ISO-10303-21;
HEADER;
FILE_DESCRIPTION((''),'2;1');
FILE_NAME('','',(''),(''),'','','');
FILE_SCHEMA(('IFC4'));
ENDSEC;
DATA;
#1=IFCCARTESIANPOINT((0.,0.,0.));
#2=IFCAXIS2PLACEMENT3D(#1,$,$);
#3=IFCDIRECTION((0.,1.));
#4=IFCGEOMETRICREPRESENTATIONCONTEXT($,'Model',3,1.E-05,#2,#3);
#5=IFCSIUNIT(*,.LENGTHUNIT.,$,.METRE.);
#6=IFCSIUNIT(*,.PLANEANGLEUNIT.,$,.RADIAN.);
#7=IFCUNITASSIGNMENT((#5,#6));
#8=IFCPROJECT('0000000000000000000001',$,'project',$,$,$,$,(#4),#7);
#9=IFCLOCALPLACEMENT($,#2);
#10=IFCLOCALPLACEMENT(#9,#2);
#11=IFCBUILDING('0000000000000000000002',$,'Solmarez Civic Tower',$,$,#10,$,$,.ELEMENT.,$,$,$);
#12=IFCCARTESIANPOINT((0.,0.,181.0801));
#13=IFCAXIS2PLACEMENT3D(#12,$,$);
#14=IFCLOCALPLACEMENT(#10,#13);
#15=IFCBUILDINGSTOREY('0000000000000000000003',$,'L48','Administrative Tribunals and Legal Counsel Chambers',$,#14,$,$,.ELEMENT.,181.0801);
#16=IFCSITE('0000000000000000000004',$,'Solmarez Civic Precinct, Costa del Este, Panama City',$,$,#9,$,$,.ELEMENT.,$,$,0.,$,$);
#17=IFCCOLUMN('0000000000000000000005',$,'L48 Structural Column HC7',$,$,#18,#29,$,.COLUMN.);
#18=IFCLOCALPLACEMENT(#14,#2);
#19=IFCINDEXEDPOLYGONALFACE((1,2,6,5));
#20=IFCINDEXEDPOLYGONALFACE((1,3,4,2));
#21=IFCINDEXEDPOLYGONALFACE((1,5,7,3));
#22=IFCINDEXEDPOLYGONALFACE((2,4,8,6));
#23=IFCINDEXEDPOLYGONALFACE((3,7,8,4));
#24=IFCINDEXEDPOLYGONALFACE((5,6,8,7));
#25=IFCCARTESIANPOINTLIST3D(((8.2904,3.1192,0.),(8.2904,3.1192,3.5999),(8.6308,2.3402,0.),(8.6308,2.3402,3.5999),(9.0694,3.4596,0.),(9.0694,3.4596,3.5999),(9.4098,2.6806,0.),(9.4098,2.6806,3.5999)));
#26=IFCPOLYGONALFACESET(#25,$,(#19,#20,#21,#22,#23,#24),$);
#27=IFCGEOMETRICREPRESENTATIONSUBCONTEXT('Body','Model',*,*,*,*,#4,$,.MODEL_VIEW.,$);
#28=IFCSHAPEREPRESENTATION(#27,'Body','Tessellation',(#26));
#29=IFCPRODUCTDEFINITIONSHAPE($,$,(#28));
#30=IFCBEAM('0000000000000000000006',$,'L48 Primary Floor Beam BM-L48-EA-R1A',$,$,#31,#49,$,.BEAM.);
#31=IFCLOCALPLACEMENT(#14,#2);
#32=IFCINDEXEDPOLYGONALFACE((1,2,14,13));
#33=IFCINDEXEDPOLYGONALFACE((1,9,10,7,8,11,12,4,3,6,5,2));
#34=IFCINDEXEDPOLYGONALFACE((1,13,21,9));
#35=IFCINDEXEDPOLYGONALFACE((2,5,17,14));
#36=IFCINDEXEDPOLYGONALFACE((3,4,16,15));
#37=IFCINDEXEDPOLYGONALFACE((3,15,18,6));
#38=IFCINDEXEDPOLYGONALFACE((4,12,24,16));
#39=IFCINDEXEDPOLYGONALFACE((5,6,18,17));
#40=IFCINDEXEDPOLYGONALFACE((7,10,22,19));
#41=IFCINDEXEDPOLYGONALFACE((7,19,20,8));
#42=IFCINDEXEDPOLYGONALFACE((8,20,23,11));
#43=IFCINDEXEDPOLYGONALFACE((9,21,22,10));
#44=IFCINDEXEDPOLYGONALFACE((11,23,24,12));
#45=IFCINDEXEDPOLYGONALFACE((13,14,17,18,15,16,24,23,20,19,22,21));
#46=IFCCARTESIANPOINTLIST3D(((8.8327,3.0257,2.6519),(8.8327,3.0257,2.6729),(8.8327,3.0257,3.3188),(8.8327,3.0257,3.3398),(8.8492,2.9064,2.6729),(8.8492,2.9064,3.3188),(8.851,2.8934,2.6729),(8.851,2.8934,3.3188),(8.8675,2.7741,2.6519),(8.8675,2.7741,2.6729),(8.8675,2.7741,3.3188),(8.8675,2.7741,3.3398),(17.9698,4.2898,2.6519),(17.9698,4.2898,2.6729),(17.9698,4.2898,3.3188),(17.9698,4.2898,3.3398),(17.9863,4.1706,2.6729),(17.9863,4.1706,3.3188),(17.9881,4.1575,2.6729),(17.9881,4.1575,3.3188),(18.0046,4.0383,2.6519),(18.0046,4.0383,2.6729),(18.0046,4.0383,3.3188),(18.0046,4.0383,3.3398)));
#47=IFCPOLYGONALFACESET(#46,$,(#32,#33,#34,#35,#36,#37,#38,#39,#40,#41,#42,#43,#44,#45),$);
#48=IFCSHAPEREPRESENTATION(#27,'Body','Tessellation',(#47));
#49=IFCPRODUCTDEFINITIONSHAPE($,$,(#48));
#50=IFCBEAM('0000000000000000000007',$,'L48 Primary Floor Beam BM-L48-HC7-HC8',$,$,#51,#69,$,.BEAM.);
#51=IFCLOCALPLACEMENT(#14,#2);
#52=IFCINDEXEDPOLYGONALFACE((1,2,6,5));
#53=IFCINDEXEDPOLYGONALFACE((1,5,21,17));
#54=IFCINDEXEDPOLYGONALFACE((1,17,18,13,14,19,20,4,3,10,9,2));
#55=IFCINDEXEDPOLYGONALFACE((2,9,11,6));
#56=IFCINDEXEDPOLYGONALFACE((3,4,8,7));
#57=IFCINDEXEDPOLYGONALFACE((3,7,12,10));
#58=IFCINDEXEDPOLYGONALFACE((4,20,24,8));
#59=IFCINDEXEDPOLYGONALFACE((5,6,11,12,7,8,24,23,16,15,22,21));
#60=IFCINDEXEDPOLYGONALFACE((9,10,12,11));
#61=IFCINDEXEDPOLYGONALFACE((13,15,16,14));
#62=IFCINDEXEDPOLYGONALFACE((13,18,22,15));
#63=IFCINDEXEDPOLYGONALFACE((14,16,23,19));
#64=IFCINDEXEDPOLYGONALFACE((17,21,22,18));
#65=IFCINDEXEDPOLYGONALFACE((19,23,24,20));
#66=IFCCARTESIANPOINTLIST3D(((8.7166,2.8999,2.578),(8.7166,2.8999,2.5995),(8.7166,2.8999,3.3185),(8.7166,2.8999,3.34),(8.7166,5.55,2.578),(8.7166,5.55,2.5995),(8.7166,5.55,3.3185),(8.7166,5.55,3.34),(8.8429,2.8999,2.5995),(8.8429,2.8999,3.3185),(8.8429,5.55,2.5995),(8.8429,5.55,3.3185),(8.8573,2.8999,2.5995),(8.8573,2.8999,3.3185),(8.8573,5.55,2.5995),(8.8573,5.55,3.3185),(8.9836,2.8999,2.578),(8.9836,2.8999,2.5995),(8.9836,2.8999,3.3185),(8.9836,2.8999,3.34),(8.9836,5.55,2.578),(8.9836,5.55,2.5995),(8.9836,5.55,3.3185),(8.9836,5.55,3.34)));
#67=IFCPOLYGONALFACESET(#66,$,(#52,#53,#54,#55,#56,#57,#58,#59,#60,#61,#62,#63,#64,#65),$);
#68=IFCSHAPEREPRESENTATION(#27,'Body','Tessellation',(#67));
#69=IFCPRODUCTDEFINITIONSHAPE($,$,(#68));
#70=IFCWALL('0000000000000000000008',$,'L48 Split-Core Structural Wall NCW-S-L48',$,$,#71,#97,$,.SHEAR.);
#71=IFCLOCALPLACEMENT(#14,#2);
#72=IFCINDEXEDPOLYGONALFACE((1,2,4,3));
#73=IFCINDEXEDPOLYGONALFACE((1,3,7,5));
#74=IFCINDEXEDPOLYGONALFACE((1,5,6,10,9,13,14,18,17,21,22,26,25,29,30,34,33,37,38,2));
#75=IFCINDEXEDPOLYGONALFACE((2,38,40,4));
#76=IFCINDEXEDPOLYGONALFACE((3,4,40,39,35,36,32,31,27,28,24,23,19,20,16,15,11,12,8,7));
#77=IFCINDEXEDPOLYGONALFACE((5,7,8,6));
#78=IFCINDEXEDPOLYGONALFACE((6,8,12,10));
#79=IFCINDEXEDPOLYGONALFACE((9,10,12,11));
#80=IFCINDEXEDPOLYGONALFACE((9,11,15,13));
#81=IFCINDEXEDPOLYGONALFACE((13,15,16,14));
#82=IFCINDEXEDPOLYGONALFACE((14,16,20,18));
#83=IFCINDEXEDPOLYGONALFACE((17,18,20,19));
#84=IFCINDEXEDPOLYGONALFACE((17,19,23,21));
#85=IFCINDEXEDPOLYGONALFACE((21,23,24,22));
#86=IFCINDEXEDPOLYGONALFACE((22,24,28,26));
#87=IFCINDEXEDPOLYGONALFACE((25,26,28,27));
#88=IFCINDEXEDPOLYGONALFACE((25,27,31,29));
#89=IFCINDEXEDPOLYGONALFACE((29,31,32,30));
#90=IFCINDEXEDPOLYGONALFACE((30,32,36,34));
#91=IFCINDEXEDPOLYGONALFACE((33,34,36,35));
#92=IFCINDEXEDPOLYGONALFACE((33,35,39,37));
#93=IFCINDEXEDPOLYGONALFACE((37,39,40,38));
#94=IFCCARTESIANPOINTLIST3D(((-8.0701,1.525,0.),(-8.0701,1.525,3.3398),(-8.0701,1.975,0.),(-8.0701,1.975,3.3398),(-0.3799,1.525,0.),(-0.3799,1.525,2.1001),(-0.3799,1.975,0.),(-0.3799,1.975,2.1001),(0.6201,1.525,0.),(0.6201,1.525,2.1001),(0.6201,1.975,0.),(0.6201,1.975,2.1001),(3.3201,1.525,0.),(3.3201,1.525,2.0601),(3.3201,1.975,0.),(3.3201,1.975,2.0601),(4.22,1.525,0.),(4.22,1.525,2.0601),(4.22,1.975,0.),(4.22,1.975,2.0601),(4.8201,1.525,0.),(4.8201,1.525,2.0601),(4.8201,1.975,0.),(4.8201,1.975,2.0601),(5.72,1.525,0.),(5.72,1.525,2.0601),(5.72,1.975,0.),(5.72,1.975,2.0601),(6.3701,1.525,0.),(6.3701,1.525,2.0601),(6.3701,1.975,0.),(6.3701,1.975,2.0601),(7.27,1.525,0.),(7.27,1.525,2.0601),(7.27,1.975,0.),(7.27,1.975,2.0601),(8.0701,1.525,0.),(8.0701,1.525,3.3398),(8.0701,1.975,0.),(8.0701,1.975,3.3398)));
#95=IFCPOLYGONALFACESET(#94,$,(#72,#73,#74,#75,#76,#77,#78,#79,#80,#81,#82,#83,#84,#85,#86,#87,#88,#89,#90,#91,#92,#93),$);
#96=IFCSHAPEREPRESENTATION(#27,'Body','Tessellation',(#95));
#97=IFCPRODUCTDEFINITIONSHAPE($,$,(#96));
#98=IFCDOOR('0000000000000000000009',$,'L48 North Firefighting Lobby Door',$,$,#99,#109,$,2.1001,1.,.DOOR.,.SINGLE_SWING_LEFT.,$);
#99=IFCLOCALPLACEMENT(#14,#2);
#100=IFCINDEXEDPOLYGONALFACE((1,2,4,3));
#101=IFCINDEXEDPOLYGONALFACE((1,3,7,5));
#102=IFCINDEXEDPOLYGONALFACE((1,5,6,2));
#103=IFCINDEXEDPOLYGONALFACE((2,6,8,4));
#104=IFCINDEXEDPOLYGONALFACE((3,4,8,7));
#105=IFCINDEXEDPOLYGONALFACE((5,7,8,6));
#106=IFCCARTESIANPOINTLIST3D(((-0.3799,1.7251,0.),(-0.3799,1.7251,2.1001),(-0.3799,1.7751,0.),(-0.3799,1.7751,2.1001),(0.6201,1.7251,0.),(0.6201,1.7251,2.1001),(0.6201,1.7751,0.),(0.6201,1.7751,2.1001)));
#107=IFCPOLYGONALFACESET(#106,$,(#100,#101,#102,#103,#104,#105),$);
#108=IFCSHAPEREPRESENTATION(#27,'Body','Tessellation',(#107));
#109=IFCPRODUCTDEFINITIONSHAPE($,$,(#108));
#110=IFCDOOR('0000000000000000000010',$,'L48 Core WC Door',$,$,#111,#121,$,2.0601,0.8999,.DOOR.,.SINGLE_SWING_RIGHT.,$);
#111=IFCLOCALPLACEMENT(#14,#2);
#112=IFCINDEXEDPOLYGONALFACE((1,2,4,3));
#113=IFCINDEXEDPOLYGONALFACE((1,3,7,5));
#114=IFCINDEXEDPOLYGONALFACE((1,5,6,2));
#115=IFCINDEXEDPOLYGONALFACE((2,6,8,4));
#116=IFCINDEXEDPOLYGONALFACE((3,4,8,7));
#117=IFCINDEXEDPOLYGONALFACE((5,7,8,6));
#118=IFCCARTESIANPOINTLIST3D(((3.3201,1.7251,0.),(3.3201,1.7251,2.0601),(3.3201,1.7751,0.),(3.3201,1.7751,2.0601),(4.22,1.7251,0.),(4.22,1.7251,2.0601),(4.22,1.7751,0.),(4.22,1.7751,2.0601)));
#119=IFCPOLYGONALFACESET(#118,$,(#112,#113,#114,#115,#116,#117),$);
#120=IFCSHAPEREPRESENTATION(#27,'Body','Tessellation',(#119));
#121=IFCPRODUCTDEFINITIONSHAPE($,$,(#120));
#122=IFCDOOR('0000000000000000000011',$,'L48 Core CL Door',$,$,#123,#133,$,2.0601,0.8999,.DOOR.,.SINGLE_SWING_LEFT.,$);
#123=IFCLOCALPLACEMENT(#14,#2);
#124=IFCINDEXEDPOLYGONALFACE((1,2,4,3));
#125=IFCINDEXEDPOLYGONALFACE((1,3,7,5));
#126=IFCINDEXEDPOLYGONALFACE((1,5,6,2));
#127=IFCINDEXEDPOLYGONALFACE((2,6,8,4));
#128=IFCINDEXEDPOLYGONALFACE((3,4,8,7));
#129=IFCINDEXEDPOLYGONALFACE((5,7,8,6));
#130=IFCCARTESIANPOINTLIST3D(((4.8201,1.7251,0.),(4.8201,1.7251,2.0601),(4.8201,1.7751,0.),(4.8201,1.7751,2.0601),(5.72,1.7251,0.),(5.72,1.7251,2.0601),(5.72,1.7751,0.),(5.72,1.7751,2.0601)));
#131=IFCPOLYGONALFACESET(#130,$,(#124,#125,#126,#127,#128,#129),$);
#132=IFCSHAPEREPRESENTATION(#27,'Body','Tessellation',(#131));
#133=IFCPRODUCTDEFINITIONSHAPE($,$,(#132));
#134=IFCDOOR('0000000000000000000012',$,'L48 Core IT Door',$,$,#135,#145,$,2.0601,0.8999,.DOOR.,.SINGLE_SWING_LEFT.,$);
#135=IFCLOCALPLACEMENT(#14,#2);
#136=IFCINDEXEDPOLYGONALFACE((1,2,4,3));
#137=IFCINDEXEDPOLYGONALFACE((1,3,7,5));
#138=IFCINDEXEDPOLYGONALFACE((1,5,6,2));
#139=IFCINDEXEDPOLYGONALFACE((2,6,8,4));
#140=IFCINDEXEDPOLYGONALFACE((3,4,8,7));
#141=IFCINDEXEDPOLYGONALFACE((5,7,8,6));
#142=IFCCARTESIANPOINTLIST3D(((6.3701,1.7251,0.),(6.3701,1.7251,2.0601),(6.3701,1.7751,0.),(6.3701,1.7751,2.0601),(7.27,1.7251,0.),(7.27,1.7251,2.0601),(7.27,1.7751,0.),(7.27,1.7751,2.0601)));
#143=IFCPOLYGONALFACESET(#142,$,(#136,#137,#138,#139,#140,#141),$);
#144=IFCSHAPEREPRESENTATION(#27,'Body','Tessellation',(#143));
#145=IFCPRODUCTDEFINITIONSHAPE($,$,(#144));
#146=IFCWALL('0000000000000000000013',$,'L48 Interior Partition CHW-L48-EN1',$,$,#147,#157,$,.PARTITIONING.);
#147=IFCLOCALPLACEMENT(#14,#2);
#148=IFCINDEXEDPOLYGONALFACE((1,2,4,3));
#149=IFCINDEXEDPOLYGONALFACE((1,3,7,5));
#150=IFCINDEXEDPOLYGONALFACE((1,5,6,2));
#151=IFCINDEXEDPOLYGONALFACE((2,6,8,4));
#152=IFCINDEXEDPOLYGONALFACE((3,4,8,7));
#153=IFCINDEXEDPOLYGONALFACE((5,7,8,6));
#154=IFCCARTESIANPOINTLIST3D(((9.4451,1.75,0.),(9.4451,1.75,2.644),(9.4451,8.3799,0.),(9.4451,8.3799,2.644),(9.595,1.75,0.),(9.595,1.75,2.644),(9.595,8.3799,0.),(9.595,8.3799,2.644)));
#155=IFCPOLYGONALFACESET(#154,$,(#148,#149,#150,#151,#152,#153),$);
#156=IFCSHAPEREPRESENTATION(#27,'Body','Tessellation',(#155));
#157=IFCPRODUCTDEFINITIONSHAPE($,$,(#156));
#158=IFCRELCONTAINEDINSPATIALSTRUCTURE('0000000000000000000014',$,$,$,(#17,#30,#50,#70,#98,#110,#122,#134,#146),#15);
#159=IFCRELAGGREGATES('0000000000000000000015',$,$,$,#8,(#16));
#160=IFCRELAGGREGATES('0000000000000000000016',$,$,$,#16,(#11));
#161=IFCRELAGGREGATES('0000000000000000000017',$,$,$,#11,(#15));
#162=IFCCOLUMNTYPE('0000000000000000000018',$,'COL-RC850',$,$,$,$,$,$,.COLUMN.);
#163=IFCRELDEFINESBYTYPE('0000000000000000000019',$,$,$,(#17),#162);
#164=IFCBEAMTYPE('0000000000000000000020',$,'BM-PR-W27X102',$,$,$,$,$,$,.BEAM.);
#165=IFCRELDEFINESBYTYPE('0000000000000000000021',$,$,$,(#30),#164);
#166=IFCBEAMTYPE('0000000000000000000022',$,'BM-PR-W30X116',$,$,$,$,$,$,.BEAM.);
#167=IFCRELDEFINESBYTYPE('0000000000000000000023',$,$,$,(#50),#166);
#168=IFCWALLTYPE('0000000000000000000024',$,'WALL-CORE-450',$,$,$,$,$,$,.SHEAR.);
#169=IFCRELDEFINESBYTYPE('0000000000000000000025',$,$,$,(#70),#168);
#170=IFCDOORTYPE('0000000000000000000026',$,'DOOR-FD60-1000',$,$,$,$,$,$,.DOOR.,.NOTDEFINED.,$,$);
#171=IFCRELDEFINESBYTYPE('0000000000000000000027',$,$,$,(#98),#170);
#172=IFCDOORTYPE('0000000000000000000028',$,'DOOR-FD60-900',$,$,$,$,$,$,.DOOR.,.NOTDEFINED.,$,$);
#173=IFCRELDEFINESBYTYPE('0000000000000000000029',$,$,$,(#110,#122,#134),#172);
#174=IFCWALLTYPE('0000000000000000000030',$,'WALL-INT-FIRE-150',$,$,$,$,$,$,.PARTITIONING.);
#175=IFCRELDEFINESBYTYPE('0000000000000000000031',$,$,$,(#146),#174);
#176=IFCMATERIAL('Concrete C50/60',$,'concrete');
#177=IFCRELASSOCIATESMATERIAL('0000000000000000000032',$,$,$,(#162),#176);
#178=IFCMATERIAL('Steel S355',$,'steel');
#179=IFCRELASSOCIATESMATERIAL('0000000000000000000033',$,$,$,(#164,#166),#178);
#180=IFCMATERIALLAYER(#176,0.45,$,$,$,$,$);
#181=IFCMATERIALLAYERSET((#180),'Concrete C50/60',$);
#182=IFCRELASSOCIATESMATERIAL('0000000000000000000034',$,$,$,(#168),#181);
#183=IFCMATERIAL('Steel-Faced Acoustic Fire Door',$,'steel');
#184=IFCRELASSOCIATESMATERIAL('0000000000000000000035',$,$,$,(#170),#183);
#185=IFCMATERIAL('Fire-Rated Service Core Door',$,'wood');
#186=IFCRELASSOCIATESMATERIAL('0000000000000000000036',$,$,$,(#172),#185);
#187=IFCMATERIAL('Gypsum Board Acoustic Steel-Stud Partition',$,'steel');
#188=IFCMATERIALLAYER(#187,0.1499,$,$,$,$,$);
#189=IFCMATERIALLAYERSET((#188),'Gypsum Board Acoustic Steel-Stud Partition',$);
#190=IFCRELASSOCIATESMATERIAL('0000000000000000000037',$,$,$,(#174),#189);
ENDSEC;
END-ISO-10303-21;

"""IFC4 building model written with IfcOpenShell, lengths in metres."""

from ifc_helpers import new_model, si_unit, direction, frame, frame_2d, origin, origin_2d, place, context, subcontext, project, spatial, rectangle, i_section, extrude, material, layer, layer_set, material_profile, profile_set, type_object, element, fill, save


model = new_model("IFC4")

# Units and contexts
model_context = context("Model", 3, precision=1e-05, world=origin(), true_north=direction((0.0, 1.0)))
body_context = subcontext(model_context, "Body", "Model", "MODEL_VIEW")
ifc_project = project(units=[si_unit("LENGTHUNIT", "METRE"), si_unit("PLANEANGLEUNIT", "RADIAN")], contexts=[model_context])

# Site, building, storey
site_placement = place(None, origin())
site = spatial("IfcSite", under=ifc_project, at=site_placement, Name="Solmarez Civic Precinct, Costa del Este, Panama City", CompositionType="ELEMENT", RefElevation=0.0)
building_placement = place(site_placement, origin())
building = spatial("IfcBuilding", under=site, at=building_placement, Name="Solmarez Civic Tower", CompositionType="ELEMENT")
storey_placement = place(building_placement, frame((0.0, 0.0, 181.0801)))
storey = spatial("IfcBuildingStorey", under=building, at=storey_placement, Name="L48", Description="Administrative Tribunals and Legal Counsel Chambers", CompositionType="ELEMENT", Elevation=181.0801)

# Column
ifc_material_1 = material(Name="Concrete C50/60", Category="concrete")
ifc_material_profile_1 = material_profile(ifc_material_1, rectangle(XDim=0.8501, YDim=0.8501, at=origin_2d()), Name="RC850X850")
ifc_profile_set_1 = profile_set([ifc_material_profile_1], Name="Concrete C50/60")
column_type = type_object("IfcColumnType", Name="COL-RC850", PredefinedType="COLUMN", material=ifc_profile_set_1)
column_placement = place(storey_placement, frame((8.8501, 2.8999, 0.0), z_axis=(0.0, 0.0, 1.0), x_axis=(0.916363, 0.400349, 0.0)))
element("IfcColumn", 1, at=column_placement, inside=storey, type_object=column_type, Name="L48 Structural Column HC7", PredefinedType="COLUMN", context=body_context, shape_type="SweptSolid", body=[
    extrude(rectangle(XDim=0.8501, YDim=0.8501, at=origin_2d()), origin(), (0.0, 0.0, 1.0), 3.5999),
])

# Beams
ifc_material_2 = material(Name="Steel S355", Category="steel")
ifc_material_profile_2 = material_profile(ifc_material_2, i_section(OverallWidth=0.2539, OverallDepth=0.688, WebThickness=0.0132, FlangeThickness=0.021, at=origin_2d()), Name="W27X102")
ifc_profile_set_2 = profile_set([ifc_material_profile_2], Name="Steel S355")
beam_type_1 = type_object("IfcBeamType", Name="BM-PR-W27X102", PredefinedType="BEAM", material=ifc_profile_set_2)
beam_1_placement = place(storey_placement, frame((8.8501, 2.8999, 2.9958), z_axis=(0.990564, 0.137051, 0.0), x_axis=(-0.137051, 0.990564, 0.0)))
element("IfcBeam", 2, at=beam_1_placement, inside=storey, type_object=beam_type_1, Name="L48 Primary Floor Beam BM-L48-EA-R1A", PredefinedType="BEAM", context=body_context, shape_type="SweptSolid", body=[
    extrude(i_section(OverallWidth=0.2539, OverallDepth=0.688, WebThickness=0.0132, FlangeThickness=0.021, at=origin_2d()), origin(), (0.0, 0.0, 1.0), 9.2241),
])
ifc_material_profile_3 = material_profile(ifc_material_2, i_section(OverallWidth=0.2671, OverallDepth=0.762, WebThickness=0.0144, FlangeThickness=0.0215, at=origin_2d()), Name="W30X116")
ifc_profile_set_3 = profile_set([ifc_material_profile_3], Name="Steel S355")
beam_type_2 = type_object("IfcBeamType", Name="BM-PR-W30X116", PredefinedType="BEAM", material=ifc_profile_set_3)
beam_2_placement = place(storey_placement, frame((8.8501, 2.8999, 2.959), z_axis=(0.0, 1.0, 0.0), x_axis=(-1.0, 0.0, 0.0)))
element("IfcBeam", 3, at=beam_2_placement, inside=storey, type_object=beam_type_2, Name="L48 Primary Floor Beam BM-L48-HC7-HC8", PredefinedType="BEAM", context=body_context, shape_type="SweptSolid", body=[
    extrude(i_section(OverallWidth=0.2671, OverallDepth=0.762, WebThickness=0.0144, FlangeThickness=0.0215, at=origin_2d()), origin(), (0.0, 0.0, 1.0), 2.6501),
])

# Wall, openings, doors
ifc_layer_1 = layer(ifc_material_1, 0.45)
ifc_layer_set_1 = layer_set([ifc_layer_1], Name="Concrete C50/60")
wall_type_1 = type_object("IfcWallType", Name="WALL-CORE-450", PredefinedType="SHEAR", material=ifc_layer_set_1)
wall_1_placement = place(storey_placement, frame((8.0701, 1.75, 0.0), z_axis=(0.0, 0.0, 1.0), x_axis=(-1.0, 0.0, 0.0)))
wall_1 = element("IfcWall", 4, at=wall_1_placement, inside=storey, type_object=wall_type_1, Name="L48 Split-Core Structural Wall NCW-S-L48", PredefinedType="SHEAR", context=body_context, shape_type="SweptSolid", body=[
    extrude(rectangle(XDim=16.1401, YDim=0.45, at=frame_2d((8.0701, 0.0))), origin(), (0.0, 0.0, 1.0), 3.3398),
])
opening_1_placement = place(wall_1_placement, frame((7.45, 0.0, 0.0)))
opening_1 = element("IfcOpeningElement", 5, at=opening_1_placement, cuts=wall_1, PredefinedType="OPENING", context=body_context, shape_type="SweptSolid", body=[
    extrude(rectangle(XDim=1.0, YDim=2.1001, at=frame_2d((0.5, 1.05))), frame((0.0, 0.2349, 0.0), z_axis=(0.0, -1.0, 0.0), x_axis=(1.0, 0.0, 0.0)), (0.0, 0.0, 1.0), 0.47),
])
opening_2_placement = place(wall_1_placement, frame((3.8501, 0.0, 0.0)))
opening_2 = element("IfcOpeningElement", 6, at=opening_2_placement, cuts=wall_1, PredefinedType="OPENING", context=body_context, shape_type="SweptSolid", body=[
    extrude(rectangle(XDim=0.8999, YDim=2.0601, at=frame_2d((0.45, 1.03))), frame((0.0, 0.2349, 0.0), z_axis=(0.0, -1.0, 0.0), x_axis=(1.0, 0.0, 0.0)), (0.0, 0.0, 1.0), 0.47),
])
opening_3_placement = place(wall_1_placement, frame((2.3501, 0.0, 0.0)))
opening_3 = element("IfcOpeningElement", 7, at=opening_3_placement, cuts=wall_1, PredefinedType="OPENING", context=body_context, shape_type="SweptSolid", body=[
    extrude(rectangle(XDim=0.8999, YDim=2.0601, at=frame_2d((0.45, 1.03))), frame((0.0, 0.2349, 0.0), z_axis=(0.0, -1.0, 0.0), x_axis=(1.0, 0.0, 0.0)), (0.0, 0.0, 1.0), 0.47),
])
opening_4_placement = place(wall_1_placement, frame((0.8, 0.0, 0.0)))
opening_4 = element("IfcOpeningElement", 8, at=opening_4_placement, cuts=wall_1, PredefinedType="OPENING", context=body_context, shape_type="SweptSolid", body=[
    extrude(rectangle(XDim=0.8999, YDim=2.0601, at=frame_2d((0.45, 1.03))), frame((0.0, 0.2349, 0.0), z_axis=(0.0, -1.0, 0.0), x_axis=(1.0, 0.0, 0.0)), (0.0, 0.0, 1.0), 0.47),
])
ifc_material_3 = material(Name="Steel-Faced Acoustic Fire Door", Category="steel")
door_type_1 = type_object("IfcDoorType", Name="DOOR-FD60-1000", OperationType="NOTDEFINED", PredefinedType="DOOR", material=ifc_material_3)
door_1_placement = place(opening_1_placement, origin())
door_1 = element("IfcDoor", 9, at=door_1_placement, inside=storey, type_object=door_type_1, Name="L48 North Firefighting Lobby Door", OperationType="SINGLE_SWING_LEFT", OverallHeight=2.1001, OverallWidth=1.0, PredefinedType="DOOR", context=body_context, shape_type="SweptSolid", body=[
    extrude(rectangle(XDim=1.0, YDim=2.1001, at=frame_2d((0.5, 1.05))), frame((0.0, 0.0249, 0.0), z_axis=(0.0, -1.0, 0.0), x_axis=(1.0, 0.0, 0.0)), (0.0, 0.0, 1.0), 0.05),
])
fill(opening_1, door_1)
ifc_material_4 = material(Name="Fire-Rated Service Core Door", Category="wood")
door_type_2 = type_object("IfcDoorType", Name="DOOR-FD60-900", OperationType="NOTDEFINED", PredefinedType="DOOR", material=ifc_material_4)
door_2_placement = place(opening_2_placement, origin())
door_2 = element("IfcDoor", 10, at=door_2_placement, inside=storey, type_object=door_type_2, Name="L48 Core WC Door", OperationType="SINGLE_SWING_RIGHT", OverallHeight=2.0601, OverallWidth=0.8999, PredefinedType="DOOR", context=body_context, shape_type="SweptSolid", body=[
    extrude(rectangle(XDim=0.8999, YDim=2.0601, at=frame_2d((0.45, 1.03))), frame((0.0, 0.0249, 0.0), z_axis=(0.0, -1.0, 0.0), x_axis=(1.0, 0.0, 0.0)), (0.0, 0.0, 1.0), 0.05),
])
fill(opening_2, door_2)
door_3_placement = place(opening_3_placement, origin())
door_3 = element("IfcDoor", 11, at=door_3_placement, inside=storey, type_object=door_type_2, Name="L48 Core CL Door", OperationType="SINGLE_SWING_LEFT", OverallHeight=2.0601, OverallWidth=0.8999, PredefinedType="DOOR", context=body_context, shape_type="SweptSolid", body=[
    extrude(rectangle(XDim=0.8999, YDim=2.0601, at=frame_2d((0.45, 1.03))), frame((0.0, 0.0249, 0.0), z_axis=(0.0, -1.0, 0.0), x_axis=(1.0, 0.0, 0.0)), (0.0, 0.0, 1.0), 0.05),
])
fill(opening_3, door_3)
door_4_placement = place(opening_4_placement, origin())
door_4 = element("IfcDoor", 12, at=door_4_placement, inside=storey, type_object=door_type_2, Name="L48 Core IT Door", OperationType="SINGLE_SWING_LEFT", OverallHeight=2.0601, OverallWidth=0.8999, PredefinedType="DOOR", context=body_context, shape_type="SweptSolid", body=[
    extrude(rectangle(XDim=0.8999, YDim=2.0601, at=frame_2d((0.45, 1.03))), frame((0.0, 0.0249, 0.0), z_axis=(0.0, -1.0, 0.0), x_axis=(1.0, 0.0, 0.0)), (0.0, 0.0, 1.0), 0.05),
])
fill(opening_4, door_4)

# Wall
ifc_material_5 = material(Name="Gypsum Board Acoustic Steel-Stud Partition", Category="steel")
ifc_layer_2 = layer(ifc_material_5, 0.1499)
ifc_layer_set_2 = layer_set([ifc_layer_2], Name="Gypsum Board Acoustic Steel-Stud Partition")
wall_type_2 = type_object("IfcWallType", Name="WALL-INT-FIRE-150", PredefinedType="PARTITIONING", material=ifc_layer_set_2)
wall_2_placement = place(storey_placement, frame((9.52, 1.75, 0.0), z_axis=(0.0, 0.0, 1.0), x_axis=(0.0, 1.0, 0.0)))
element("IfcWall", 13, at=wall_2_placement, inside=storey, type_object=wall_type_2, Name="L48 Interior Partition CHW-L48-EN1", PredefinedType="PARTITIONING", context=body_context, shape_type="SweptSolid", body=[
    extrude(rectangle(XDim=6.6299, YDim=0.1499, at=frame_2d((3.3149, 0.0))), origin(), (0.0, 0.0, 1.0), 2.644),
])

save(model, "model.ifc")
